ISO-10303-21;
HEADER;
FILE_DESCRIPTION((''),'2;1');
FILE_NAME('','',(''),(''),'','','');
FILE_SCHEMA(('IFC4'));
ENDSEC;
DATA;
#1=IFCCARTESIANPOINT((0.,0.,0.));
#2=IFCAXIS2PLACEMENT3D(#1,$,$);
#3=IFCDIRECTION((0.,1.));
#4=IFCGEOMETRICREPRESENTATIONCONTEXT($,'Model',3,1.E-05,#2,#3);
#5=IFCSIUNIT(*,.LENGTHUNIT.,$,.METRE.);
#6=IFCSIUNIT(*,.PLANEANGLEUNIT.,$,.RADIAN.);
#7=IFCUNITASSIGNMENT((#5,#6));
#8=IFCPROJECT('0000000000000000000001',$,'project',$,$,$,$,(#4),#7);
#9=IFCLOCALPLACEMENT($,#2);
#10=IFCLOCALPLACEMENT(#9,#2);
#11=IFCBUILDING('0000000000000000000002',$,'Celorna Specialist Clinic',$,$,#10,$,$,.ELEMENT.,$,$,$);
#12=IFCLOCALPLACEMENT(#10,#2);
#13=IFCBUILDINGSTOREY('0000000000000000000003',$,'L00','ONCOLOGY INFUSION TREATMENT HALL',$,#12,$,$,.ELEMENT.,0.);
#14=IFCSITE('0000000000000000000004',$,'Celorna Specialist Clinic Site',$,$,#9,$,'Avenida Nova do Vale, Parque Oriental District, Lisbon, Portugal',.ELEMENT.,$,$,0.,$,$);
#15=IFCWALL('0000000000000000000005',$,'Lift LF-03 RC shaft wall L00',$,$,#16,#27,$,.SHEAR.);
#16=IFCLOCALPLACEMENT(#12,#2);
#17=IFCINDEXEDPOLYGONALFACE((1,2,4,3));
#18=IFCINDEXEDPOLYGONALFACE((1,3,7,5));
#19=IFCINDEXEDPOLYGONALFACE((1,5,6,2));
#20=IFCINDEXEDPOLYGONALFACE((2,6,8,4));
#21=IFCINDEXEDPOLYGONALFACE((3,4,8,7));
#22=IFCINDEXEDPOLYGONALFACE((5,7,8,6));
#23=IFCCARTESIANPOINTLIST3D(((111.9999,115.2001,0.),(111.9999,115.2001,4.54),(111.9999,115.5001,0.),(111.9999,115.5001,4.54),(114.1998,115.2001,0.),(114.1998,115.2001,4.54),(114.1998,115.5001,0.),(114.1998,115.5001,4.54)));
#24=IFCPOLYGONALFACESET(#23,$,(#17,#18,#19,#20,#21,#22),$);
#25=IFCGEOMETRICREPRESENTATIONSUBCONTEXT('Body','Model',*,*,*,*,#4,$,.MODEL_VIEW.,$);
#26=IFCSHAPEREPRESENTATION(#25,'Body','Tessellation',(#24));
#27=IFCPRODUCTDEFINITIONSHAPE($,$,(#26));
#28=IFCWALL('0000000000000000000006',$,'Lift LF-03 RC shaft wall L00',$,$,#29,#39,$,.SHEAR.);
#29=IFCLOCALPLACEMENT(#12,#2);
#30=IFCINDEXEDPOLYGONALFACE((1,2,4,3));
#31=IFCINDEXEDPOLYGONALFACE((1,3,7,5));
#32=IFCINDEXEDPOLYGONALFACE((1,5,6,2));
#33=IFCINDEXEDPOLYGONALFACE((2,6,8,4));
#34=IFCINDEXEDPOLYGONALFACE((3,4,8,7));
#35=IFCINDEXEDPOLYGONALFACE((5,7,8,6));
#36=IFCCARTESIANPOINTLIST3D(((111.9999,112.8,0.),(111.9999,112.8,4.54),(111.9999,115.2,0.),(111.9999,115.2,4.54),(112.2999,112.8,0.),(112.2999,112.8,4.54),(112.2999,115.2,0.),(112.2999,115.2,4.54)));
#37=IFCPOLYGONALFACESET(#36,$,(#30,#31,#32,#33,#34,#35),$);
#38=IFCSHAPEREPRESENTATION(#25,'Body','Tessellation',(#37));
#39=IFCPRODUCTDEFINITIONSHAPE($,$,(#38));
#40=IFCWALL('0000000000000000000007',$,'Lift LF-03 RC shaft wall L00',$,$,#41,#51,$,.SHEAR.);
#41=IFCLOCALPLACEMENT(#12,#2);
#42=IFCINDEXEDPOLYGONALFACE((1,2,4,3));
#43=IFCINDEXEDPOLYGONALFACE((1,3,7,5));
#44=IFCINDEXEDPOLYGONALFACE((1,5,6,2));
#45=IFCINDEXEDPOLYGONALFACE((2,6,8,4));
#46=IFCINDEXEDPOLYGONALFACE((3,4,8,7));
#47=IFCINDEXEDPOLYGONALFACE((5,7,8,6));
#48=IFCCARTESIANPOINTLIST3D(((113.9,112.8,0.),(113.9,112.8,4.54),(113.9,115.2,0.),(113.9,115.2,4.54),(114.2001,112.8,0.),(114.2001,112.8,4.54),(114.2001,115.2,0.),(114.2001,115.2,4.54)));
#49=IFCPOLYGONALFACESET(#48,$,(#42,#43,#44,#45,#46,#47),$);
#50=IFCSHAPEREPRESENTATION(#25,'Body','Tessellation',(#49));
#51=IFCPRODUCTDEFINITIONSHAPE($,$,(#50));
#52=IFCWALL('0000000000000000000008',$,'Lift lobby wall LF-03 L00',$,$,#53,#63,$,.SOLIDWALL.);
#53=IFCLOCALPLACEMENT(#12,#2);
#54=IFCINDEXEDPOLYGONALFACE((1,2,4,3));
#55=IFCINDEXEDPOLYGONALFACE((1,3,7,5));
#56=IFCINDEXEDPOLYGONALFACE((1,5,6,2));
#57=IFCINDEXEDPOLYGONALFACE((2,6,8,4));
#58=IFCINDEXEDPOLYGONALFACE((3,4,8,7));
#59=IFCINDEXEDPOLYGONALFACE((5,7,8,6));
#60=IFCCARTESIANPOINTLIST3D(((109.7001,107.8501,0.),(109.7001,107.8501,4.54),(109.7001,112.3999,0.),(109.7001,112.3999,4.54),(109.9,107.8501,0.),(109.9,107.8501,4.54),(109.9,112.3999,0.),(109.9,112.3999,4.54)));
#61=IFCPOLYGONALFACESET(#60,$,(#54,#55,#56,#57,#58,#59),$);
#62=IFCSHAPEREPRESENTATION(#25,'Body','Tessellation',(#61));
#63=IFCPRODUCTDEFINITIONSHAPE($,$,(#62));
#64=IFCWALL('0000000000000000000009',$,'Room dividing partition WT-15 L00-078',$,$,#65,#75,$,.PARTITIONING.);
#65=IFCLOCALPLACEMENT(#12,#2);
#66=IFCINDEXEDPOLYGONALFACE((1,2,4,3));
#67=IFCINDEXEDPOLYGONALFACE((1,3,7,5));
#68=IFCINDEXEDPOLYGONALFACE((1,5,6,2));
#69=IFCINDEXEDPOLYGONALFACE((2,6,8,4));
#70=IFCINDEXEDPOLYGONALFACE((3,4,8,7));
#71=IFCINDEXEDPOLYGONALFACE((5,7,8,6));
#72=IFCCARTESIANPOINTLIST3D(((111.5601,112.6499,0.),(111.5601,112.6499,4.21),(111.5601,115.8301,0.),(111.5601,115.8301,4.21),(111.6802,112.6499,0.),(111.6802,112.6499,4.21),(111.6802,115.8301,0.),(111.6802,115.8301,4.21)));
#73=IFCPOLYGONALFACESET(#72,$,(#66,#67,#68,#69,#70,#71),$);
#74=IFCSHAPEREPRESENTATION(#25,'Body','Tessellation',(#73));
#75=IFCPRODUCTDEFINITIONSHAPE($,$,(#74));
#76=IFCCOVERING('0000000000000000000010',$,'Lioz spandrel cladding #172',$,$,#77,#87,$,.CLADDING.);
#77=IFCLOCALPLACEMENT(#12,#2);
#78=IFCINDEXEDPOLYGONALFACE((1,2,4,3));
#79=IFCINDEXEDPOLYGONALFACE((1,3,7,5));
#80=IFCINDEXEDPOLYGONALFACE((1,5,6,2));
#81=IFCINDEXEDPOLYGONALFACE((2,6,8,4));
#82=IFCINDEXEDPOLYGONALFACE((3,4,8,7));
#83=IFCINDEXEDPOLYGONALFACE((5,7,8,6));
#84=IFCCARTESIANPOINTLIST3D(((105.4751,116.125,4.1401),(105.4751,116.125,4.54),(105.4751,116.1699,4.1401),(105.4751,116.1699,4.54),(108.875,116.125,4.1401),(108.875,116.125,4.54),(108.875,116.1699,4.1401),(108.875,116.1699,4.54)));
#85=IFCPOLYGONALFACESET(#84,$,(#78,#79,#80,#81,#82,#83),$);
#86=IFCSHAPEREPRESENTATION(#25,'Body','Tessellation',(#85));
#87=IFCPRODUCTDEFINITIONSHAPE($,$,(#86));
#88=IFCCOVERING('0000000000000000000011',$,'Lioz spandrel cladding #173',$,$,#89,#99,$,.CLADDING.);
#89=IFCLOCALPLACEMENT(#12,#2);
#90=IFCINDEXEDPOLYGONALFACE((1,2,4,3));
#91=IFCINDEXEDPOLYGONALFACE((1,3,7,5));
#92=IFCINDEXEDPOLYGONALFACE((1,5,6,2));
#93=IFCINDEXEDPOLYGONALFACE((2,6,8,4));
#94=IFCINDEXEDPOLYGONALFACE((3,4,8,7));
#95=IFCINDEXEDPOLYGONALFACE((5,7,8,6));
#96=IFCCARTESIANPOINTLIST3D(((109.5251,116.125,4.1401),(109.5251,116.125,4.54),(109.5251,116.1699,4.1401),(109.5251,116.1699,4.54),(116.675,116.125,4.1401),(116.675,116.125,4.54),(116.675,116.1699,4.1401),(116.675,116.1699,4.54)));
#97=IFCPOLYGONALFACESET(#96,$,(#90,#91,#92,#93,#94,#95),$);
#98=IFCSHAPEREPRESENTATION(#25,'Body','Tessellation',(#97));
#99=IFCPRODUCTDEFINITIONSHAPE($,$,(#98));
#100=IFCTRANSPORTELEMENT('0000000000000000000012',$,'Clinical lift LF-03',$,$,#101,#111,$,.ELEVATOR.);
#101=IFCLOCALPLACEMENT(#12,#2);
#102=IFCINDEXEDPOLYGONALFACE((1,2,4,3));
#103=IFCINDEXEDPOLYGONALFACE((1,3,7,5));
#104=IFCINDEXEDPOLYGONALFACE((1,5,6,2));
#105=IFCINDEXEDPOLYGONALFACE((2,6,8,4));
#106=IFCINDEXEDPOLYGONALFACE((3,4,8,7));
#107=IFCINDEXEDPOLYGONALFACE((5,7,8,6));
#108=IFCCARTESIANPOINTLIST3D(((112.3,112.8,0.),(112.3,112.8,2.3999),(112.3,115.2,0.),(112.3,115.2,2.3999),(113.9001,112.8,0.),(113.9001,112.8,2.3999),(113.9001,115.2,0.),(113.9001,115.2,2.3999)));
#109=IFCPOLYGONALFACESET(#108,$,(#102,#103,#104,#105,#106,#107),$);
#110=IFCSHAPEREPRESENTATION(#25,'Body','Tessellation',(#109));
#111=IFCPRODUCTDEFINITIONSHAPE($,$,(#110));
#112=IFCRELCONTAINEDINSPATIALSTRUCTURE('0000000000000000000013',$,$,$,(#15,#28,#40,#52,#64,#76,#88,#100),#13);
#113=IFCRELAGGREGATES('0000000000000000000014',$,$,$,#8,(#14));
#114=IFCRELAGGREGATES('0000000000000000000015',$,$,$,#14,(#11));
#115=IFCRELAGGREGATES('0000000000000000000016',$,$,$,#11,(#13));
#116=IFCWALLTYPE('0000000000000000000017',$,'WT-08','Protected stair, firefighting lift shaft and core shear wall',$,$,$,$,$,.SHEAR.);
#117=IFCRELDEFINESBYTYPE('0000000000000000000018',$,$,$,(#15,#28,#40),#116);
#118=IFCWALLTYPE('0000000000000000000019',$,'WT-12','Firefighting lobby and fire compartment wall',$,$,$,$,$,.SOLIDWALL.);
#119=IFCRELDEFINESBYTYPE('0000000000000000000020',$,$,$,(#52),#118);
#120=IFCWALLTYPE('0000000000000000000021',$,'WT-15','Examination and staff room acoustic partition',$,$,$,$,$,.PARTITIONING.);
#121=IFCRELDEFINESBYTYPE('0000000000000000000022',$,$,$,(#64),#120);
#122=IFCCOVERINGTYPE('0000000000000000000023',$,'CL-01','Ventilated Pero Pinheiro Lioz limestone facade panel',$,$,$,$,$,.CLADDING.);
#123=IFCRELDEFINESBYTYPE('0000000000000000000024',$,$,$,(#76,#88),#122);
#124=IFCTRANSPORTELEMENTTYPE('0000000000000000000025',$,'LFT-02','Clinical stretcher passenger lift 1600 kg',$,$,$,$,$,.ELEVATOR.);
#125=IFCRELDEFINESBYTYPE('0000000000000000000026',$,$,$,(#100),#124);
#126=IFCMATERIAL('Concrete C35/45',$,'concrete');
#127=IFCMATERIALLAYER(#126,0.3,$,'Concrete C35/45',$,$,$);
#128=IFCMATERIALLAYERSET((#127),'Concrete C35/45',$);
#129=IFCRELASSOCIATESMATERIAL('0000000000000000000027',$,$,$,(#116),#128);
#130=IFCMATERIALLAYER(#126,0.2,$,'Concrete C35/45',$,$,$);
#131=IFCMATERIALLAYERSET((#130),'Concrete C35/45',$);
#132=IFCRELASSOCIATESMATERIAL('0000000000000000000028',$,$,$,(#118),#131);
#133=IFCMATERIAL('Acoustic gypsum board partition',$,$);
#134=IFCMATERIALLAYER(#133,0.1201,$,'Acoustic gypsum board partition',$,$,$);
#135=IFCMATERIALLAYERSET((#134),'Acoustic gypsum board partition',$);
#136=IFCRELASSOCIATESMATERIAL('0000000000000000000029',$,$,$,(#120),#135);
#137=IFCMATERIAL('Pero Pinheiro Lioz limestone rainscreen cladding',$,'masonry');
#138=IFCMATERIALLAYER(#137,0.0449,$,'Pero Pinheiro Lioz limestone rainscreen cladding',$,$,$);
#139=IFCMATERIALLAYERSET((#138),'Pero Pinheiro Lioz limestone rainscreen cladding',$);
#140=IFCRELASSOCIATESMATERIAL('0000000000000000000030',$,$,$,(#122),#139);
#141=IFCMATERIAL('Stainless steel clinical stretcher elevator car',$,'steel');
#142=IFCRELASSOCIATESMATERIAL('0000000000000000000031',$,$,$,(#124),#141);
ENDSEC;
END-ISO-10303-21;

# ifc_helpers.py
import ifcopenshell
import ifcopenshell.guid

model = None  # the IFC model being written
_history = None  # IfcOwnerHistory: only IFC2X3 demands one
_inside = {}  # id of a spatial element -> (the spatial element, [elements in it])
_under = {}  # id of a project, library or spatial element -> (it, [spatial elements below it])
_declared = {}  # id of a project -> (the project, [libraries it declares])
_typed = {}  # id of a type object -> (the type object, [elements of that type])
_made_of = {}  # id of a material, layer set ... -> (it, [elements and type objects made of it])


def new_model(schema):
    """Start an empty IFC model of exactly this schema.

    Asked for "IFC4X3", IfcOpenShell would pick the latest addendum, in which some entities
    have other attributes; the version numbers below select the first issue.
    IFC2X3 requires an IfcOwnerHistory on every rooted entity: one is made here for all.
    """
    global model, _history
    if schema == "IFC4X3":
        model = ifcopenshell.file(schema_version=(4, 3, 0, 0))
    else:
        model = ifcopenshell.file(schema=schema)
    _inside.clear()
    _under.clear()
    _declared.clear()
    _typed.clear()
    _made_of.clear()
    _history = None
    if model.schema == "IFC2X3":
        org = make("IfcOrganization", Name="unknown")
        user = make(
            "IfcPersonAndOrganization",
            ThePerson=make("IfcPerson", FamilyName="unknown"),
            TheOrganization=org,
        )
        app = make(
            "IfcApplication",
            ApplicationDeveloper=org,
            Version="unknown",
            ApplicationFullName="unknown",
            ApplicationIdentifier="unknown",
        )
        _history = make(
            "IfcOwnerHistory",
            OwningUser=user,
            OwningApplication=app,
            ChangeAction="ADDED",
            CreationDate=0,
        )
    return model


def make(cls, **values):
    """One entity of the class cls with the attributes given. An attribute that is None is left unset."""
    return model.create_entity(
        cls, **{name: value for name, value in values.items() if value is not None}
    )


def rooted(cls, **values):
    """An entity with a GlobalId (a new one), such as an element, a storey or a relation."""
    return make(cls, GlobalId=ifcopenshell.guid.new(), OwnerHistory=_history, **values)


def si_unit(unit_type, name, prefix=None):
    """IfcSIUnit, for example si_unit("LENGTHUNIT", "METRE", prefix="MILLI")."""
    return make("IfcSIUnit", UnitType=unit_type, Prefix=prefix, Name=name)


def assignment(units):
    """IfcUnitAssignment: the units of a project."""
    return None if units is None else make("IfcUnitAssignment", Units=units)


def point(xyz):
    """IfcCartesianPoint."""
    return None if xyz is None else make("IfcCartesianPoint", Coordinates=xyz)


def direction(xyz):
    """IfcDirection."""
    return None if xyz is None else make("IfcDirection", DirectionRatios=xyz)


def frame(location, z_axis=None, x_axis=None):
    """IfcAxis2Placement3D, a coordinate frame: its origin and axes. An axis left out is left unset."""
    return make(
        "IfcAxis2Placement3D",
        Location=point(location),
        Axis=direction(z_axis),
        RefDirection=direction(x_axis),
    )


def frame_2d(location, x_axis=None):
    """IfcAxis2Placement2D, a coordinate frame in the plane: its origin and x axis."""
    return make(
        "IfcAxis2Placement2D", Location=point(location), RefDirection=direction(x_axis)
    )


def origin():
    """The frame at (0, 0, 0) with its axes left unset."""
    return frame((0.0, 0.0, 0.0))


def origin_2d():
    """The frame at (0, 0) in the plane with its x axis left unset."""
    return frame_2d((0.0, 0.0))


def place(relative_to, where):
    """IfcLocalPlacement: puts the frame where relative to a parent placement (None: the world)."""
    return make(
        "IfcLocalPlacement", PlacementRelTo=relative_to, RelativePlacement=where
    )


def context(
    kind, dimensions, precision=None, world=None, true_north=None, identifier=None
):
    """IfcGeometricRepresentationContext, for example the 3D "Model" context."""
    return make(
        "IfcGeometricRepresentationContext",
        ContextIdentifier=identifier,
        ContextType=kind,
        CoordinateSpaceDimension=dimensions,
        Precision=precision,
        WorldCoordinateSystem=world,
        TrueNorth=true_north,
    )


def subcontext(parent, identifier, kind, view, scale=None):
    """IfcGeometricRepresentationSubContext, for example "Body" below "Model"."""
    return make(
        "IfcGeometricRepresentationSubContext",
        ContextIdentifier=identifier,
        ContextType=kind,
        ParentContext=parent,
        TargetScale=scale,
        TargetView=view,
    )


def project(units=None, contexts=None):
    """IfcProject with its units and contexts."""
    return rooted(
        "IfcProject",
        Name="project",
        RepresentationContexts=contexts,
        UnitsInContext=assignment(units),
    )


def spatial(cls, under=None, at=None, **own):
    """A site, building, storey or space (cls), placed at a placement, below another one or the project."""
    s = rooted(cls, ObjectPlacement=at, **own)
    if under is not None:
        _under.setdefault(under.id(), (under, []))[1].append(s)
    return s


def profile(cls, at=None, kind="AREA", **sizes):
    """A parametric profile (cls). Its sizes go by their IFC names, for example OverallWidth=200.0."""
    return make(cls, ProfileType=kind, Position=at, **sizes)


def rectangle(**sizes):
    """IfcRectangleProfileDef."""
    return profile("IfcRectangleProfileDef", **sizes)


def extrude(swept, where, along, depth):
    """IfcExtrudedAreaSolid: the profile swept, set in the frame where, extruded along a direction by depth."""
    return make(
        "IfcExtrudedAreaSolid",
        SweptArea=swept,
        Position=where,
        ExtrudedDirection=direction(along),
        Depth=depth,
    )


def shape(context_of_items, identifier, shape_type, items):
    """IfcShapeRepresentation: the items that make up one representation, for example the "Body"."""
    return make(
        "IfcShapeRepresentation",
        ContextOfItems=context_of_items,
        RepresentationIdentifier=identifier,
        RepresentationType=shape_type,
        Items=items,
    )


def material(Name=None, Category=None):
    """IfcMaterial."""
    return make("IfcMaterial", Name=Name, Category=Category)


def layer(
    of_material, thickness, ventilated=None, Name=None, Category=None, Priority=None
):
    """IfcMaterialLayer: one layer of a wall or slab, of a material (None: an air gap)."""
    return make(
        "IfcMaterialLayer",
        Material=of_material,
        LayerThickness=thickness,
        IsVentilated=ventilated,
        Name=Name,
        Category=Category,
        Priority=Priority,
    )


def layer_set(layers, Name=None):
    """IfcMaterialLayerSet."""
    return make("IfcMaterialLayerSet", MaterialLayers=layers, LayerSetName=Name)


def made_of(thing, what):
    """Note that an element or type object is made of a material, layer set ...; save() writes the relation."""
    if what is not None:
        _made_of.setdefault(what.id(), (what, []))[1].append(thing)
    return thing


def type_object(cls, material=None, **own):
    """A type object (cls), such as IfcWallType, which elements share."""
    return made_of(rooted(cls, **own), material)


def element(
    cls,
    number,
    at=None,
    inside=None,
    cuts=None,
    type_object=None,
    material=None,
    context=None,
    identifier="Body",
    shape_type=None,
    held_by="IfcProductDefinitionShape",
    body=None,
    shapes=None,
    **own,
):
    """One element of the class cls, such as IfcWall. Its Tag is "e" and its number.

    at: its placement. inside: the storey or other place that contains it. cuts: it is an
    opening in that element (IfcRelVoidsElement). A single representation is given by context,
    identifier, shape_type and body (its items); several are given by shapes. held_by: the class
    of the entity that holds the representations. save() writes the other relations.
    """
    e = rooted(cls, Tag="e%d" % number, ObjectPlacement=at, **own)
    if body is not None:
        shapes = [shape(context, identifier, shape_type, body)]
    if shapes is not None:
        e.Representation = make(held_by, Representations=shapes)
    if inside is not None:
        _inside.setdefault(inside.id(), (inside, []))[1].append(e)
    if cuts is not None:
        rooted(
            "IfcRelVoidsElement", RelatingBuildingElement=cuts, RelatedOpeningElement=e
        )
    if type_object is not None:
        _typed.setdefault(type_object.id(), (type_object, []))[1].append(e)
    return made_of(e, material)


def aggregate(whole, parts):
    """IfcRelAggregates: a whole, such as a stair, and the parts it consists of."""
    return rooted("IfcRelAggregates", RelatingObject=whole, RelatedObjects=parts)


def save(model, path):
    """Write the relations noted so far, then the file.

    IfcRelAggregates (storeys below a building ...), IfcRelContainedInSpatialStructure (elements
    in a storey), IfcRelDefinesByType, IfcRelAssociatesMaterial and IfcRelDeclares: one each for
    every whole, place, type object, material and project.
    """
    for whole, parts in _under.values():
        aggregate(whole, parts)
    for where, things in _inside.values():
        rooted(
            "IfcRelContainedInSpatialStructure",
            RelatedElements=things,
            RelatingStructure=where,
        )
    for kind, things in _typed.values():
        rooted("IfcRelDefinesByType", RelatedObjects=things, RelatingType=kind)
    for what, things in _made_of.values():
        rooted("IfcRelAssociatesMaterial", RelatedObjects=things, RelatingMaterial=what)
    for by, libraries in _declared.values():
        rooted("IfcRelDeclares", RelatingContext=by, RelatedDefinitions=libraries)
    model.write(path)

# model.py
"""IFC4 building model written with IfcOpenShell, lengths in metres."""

from ifc_helpers import new_model, si_unit, direction, frame, frame_2d, origin, origin_2d, place, context, subcontext, project, spatial, rectangle, extrude, material, layer, layer_set, type_object, element, save


model = new_model("IFC4")

# Units and contexts
model_context = context("Model", 3, precision=1e-05, world=origin(), true_north=direction((0.0, 1.0)))
body_context = subcontext(model_context, "Body", "Model", "MODEL_VIEW")
ifc_project = project(units=[si_unit("LENGTHUNIT", "METRE"), si_unit("PLANEANGLEUNIT", "RADIAN")], contexts=[model_context])

# Site, building, storey
site_placement = place(None, origin())
site = spatial("IfcSite", under=ifc_project, at=site_placement, Name="Celorna Specialist Clinic Site", LongName="Avenida Nova do Vale, Parque Oriental District, Lisbon, Portugal", CompositionType="ELEMENT", RefElevation=0.0)
building_placement = place(site_placement, origin())
building = spatial("IfcBuilding", under=site, at=building_placement, Name="Celorna Specialist Clinic", CompositionType="ELEMENT")
storey_placement = place(building_placement, origin())
storey = spatial("IfcBuildingStorey", under=building, at=storey_placement, Name="L00", Description="ONCOLOGY INFUSION TREATMENT HALL", CompositionType="ELEMENT", Elevation=0.0)

# Shared definitions
ifc_material_1 = material(Name="Concrete C35/45", Category="concrete")
ifc_layer_1 = layer(ifc_material_1, 0.3, Name="Concrete C35/45")
ifc_layer_set_1 = layer_set([ifc_layer_1], Name="Concrete C35/45")
wall_type_1 = type_object("IfcWallType", Name="WT-08", Description="Protected stair, firefighting lift shaft and core shear wall", PredefinedType="SHEAR", material=ifc_layer_set_1)

# Walls
wall_1_placement = place(storey_placement, frame((114.2, 115.3501, 0.0), z_axis=(0.0, 0.0, 1.0), x_axis=(-1.0, 0.0, 0.0)))
element("IfcWall", 1, at=wall_1_placement, inside=storey, type_object=wall_type_1, Name="Lift LF-03 RC shaft wall L00", PredefinedType="SHEAR", context=body_context, shape_type="SweptSolid", body=[
    extrude(rectangle(XDim=2.2, YDim=0.3, at=frame_2d((1.1001, 0.0))), origin(), (0.0, 0.0, 1.0), 4.54),
])
for number, where, z_axis, x_axis, name in (
    (2, (112.1499, 115.2, 0.0), (0.0, 0.0, 1.0), (0.0, -1.0, 0.0), "Lift LF-03 RC shaft wall L00"),
    (3, (114.05, 112.8, 0.0), (0.0, 0.0, 1.0), (0.0, 1.0, 0.0), "Lift LF-03 RC shaft wall L00"),
):
    element("IfcWall", number, at=place(storey_placement, frame(where, z_axis=z_axis, x_axis=x_axis)), inside=storey, type_object=wall_type_1, Name=name, PredefinedType="SHEAR", context=body_context, shape_type="SweptSolid", body=[
        extrude(rectangle(XDim=2.3999, YDim=0.3, at=frame_2d((1.2, 0.0))), origin(), (0.0, 0.0, 1.0), 4.54),
    ])
ifc_layer_2 = layer(ifc_material_1, 0.2, Name="Concrete C35/45")
ifc_layer_set_2 = layer_set([ifc_layer_2], Name="Concrete C35/45")
wall_type_2 = type_object("IfcWallType", Name="WT-12", Description="Firefighting lobby and fire compartment wall", PredefinedType="SOLIDWALL", material=ifc_layer_set_2)
wall_2_placement = place(storey_placement, frame((109.8, 112.3999, 0.0), z_axis=(0.0, 0.0, 1.0), x_axis=(0.0, -1.0, 0.0)))
element("IfcWall", 4, at=wall_2_placement, inside=storey, type_object=wall_type_2, Name="Lift lobby wall LF-03 L00", PredefinedType="SOLIDWALL", context=body_context, shape_type="SweptSolid", body=[
    extrude(rectangle(XDim=4.5498, YDim=0.2, at=frame_2d((2.2749, 0.0))), origin(), (0.0, 0.0, 1.0), 4.54),
])
ifc_material_2 = material(Name="Acoustic gypsum board partition")
ifc_layer_3 = layer(ifc_material_2, 0.1201, Name="Acoustic gypsum board partition")
ifc_layer_set_3 = layer_set([ifc_layer_3], Name="Acoustic gypsum board partition")
wall_type_3 = type_object("IfcWallType", Name="WT-15", Description="Examination and staff room acoustic partition", PredefinedType="PARTITIONING", material=ifc_layer_set_3)
wall_3_placement = place(storey_placement, frame((111.6201, 112.6499, 0.0), z_axis=(0.0, 0.0, 1.0), x_axis=(0.0, 1.0, 0.0)))
element("IfcWall", 5, at=wall_3_placement, inside=storey, type_object=wall_type_3, Name="Room dividing partition WT-15 L00-078", PredefinedType="PARTITIONING", context=body_context, shape_type="SweptSolid", body=[
    extrude(rectangle(XDim=3.1802, YDim=0.1201, at=frame_2d((1.5901, 0.0))), origin(), (0.0, 0.0, 1.0), 4.21),
])

# Coverings
ifc_material_3 = material(Name="Pero Pinheiro Lioz limestone rainscreen cladding", Category="masonry")
ifc_layer_4 = layer(ifc_material_3, 0.0449, Name="Pero Pinheiro Lioz limestone rainscreen cladding")
ifc_layer_set_4 = layer_set([ifc_layer_4], Name="Pero Pinheiro Lioz limestone rainscreen cladding")
covering_type = type_object("IfcCoveringType", Name="CL-01", Description="Ventilated Pero Pinheiro Lioz limestone facade panel", PredefinedType="CLADDING", material=ifc_layer_set_4)
covering_1_placement = place(storey_placement, frame((107.175, 116.1475, 4.1401), z_axis=(0.0, 0.0, 1.0), x_axis=(1.0, 0.0, 0.0)))
element("IfcCovering", 6, at=covering_1_placement, inside=storey, type_object=covering_type, Name="Lioz spandrel cladding #172", PredefinedType="CLADDING", context=body_context, shape_type="SweptSolid", body=[
    extrude(rectangle(XDim=3.3999, YDim=0.0449, at=origin_2d()), origin(), (0.0, 0.0, 1.0), 0.3999),
])
covering_2_placement = place(storey_placement, frame((113.1001, 116.1475, 4.1401), z_axis=(0.0, 0.0, 1.0), x_axis=(1.0, 0.0, 0.0)))
element("IfcCovering", 7, at=covering_2_placement, inside=storey, type_object=covering_type, Name="Lioz spandrel cladding #173", PredefinedType="CLADDING", context=body_context, shape_type="SweptSolid", body=[
    extrude(rectangle(XDim=7.1499, YDim=0.0449, at=origin_2d()), origin(), (0.0, 0.0, 1.0), 0.3999),
])

# Transport element
ifc_material_4 = material(Name="Stainless steel clinical stretcher elevator car", Category="steel")
transport_element_type = type_object("IfcTransportElementType", Name="LFT-02", Description="Clinical stretcher passenger lift 1600 kg", PredefinedType="ELEVATOR", material=ifc_material_4)
transport_element_placement = place(storey_placement, frame((113.1001, 114.0, 0.0), z_axis=(0.0, 0.0, 1.0), x_axis=(1.0, 0.0, 0.0)))
element("IfcTransportElement", 8, at=transport_element_placement, inside=storey, type_object=transport_element_type, Name="Clinical lift LF-03", PredefinedType="ELEVATOR", context=body_context, shape_type="SweptSolid", body=[
    extrude(rectangle(XDim=1.6001, YDim=2.3999, at=origin_2d()), origin(), (0.0, 0.0, 1.0), 2.3999),
])

save(model, "model.ifc")
